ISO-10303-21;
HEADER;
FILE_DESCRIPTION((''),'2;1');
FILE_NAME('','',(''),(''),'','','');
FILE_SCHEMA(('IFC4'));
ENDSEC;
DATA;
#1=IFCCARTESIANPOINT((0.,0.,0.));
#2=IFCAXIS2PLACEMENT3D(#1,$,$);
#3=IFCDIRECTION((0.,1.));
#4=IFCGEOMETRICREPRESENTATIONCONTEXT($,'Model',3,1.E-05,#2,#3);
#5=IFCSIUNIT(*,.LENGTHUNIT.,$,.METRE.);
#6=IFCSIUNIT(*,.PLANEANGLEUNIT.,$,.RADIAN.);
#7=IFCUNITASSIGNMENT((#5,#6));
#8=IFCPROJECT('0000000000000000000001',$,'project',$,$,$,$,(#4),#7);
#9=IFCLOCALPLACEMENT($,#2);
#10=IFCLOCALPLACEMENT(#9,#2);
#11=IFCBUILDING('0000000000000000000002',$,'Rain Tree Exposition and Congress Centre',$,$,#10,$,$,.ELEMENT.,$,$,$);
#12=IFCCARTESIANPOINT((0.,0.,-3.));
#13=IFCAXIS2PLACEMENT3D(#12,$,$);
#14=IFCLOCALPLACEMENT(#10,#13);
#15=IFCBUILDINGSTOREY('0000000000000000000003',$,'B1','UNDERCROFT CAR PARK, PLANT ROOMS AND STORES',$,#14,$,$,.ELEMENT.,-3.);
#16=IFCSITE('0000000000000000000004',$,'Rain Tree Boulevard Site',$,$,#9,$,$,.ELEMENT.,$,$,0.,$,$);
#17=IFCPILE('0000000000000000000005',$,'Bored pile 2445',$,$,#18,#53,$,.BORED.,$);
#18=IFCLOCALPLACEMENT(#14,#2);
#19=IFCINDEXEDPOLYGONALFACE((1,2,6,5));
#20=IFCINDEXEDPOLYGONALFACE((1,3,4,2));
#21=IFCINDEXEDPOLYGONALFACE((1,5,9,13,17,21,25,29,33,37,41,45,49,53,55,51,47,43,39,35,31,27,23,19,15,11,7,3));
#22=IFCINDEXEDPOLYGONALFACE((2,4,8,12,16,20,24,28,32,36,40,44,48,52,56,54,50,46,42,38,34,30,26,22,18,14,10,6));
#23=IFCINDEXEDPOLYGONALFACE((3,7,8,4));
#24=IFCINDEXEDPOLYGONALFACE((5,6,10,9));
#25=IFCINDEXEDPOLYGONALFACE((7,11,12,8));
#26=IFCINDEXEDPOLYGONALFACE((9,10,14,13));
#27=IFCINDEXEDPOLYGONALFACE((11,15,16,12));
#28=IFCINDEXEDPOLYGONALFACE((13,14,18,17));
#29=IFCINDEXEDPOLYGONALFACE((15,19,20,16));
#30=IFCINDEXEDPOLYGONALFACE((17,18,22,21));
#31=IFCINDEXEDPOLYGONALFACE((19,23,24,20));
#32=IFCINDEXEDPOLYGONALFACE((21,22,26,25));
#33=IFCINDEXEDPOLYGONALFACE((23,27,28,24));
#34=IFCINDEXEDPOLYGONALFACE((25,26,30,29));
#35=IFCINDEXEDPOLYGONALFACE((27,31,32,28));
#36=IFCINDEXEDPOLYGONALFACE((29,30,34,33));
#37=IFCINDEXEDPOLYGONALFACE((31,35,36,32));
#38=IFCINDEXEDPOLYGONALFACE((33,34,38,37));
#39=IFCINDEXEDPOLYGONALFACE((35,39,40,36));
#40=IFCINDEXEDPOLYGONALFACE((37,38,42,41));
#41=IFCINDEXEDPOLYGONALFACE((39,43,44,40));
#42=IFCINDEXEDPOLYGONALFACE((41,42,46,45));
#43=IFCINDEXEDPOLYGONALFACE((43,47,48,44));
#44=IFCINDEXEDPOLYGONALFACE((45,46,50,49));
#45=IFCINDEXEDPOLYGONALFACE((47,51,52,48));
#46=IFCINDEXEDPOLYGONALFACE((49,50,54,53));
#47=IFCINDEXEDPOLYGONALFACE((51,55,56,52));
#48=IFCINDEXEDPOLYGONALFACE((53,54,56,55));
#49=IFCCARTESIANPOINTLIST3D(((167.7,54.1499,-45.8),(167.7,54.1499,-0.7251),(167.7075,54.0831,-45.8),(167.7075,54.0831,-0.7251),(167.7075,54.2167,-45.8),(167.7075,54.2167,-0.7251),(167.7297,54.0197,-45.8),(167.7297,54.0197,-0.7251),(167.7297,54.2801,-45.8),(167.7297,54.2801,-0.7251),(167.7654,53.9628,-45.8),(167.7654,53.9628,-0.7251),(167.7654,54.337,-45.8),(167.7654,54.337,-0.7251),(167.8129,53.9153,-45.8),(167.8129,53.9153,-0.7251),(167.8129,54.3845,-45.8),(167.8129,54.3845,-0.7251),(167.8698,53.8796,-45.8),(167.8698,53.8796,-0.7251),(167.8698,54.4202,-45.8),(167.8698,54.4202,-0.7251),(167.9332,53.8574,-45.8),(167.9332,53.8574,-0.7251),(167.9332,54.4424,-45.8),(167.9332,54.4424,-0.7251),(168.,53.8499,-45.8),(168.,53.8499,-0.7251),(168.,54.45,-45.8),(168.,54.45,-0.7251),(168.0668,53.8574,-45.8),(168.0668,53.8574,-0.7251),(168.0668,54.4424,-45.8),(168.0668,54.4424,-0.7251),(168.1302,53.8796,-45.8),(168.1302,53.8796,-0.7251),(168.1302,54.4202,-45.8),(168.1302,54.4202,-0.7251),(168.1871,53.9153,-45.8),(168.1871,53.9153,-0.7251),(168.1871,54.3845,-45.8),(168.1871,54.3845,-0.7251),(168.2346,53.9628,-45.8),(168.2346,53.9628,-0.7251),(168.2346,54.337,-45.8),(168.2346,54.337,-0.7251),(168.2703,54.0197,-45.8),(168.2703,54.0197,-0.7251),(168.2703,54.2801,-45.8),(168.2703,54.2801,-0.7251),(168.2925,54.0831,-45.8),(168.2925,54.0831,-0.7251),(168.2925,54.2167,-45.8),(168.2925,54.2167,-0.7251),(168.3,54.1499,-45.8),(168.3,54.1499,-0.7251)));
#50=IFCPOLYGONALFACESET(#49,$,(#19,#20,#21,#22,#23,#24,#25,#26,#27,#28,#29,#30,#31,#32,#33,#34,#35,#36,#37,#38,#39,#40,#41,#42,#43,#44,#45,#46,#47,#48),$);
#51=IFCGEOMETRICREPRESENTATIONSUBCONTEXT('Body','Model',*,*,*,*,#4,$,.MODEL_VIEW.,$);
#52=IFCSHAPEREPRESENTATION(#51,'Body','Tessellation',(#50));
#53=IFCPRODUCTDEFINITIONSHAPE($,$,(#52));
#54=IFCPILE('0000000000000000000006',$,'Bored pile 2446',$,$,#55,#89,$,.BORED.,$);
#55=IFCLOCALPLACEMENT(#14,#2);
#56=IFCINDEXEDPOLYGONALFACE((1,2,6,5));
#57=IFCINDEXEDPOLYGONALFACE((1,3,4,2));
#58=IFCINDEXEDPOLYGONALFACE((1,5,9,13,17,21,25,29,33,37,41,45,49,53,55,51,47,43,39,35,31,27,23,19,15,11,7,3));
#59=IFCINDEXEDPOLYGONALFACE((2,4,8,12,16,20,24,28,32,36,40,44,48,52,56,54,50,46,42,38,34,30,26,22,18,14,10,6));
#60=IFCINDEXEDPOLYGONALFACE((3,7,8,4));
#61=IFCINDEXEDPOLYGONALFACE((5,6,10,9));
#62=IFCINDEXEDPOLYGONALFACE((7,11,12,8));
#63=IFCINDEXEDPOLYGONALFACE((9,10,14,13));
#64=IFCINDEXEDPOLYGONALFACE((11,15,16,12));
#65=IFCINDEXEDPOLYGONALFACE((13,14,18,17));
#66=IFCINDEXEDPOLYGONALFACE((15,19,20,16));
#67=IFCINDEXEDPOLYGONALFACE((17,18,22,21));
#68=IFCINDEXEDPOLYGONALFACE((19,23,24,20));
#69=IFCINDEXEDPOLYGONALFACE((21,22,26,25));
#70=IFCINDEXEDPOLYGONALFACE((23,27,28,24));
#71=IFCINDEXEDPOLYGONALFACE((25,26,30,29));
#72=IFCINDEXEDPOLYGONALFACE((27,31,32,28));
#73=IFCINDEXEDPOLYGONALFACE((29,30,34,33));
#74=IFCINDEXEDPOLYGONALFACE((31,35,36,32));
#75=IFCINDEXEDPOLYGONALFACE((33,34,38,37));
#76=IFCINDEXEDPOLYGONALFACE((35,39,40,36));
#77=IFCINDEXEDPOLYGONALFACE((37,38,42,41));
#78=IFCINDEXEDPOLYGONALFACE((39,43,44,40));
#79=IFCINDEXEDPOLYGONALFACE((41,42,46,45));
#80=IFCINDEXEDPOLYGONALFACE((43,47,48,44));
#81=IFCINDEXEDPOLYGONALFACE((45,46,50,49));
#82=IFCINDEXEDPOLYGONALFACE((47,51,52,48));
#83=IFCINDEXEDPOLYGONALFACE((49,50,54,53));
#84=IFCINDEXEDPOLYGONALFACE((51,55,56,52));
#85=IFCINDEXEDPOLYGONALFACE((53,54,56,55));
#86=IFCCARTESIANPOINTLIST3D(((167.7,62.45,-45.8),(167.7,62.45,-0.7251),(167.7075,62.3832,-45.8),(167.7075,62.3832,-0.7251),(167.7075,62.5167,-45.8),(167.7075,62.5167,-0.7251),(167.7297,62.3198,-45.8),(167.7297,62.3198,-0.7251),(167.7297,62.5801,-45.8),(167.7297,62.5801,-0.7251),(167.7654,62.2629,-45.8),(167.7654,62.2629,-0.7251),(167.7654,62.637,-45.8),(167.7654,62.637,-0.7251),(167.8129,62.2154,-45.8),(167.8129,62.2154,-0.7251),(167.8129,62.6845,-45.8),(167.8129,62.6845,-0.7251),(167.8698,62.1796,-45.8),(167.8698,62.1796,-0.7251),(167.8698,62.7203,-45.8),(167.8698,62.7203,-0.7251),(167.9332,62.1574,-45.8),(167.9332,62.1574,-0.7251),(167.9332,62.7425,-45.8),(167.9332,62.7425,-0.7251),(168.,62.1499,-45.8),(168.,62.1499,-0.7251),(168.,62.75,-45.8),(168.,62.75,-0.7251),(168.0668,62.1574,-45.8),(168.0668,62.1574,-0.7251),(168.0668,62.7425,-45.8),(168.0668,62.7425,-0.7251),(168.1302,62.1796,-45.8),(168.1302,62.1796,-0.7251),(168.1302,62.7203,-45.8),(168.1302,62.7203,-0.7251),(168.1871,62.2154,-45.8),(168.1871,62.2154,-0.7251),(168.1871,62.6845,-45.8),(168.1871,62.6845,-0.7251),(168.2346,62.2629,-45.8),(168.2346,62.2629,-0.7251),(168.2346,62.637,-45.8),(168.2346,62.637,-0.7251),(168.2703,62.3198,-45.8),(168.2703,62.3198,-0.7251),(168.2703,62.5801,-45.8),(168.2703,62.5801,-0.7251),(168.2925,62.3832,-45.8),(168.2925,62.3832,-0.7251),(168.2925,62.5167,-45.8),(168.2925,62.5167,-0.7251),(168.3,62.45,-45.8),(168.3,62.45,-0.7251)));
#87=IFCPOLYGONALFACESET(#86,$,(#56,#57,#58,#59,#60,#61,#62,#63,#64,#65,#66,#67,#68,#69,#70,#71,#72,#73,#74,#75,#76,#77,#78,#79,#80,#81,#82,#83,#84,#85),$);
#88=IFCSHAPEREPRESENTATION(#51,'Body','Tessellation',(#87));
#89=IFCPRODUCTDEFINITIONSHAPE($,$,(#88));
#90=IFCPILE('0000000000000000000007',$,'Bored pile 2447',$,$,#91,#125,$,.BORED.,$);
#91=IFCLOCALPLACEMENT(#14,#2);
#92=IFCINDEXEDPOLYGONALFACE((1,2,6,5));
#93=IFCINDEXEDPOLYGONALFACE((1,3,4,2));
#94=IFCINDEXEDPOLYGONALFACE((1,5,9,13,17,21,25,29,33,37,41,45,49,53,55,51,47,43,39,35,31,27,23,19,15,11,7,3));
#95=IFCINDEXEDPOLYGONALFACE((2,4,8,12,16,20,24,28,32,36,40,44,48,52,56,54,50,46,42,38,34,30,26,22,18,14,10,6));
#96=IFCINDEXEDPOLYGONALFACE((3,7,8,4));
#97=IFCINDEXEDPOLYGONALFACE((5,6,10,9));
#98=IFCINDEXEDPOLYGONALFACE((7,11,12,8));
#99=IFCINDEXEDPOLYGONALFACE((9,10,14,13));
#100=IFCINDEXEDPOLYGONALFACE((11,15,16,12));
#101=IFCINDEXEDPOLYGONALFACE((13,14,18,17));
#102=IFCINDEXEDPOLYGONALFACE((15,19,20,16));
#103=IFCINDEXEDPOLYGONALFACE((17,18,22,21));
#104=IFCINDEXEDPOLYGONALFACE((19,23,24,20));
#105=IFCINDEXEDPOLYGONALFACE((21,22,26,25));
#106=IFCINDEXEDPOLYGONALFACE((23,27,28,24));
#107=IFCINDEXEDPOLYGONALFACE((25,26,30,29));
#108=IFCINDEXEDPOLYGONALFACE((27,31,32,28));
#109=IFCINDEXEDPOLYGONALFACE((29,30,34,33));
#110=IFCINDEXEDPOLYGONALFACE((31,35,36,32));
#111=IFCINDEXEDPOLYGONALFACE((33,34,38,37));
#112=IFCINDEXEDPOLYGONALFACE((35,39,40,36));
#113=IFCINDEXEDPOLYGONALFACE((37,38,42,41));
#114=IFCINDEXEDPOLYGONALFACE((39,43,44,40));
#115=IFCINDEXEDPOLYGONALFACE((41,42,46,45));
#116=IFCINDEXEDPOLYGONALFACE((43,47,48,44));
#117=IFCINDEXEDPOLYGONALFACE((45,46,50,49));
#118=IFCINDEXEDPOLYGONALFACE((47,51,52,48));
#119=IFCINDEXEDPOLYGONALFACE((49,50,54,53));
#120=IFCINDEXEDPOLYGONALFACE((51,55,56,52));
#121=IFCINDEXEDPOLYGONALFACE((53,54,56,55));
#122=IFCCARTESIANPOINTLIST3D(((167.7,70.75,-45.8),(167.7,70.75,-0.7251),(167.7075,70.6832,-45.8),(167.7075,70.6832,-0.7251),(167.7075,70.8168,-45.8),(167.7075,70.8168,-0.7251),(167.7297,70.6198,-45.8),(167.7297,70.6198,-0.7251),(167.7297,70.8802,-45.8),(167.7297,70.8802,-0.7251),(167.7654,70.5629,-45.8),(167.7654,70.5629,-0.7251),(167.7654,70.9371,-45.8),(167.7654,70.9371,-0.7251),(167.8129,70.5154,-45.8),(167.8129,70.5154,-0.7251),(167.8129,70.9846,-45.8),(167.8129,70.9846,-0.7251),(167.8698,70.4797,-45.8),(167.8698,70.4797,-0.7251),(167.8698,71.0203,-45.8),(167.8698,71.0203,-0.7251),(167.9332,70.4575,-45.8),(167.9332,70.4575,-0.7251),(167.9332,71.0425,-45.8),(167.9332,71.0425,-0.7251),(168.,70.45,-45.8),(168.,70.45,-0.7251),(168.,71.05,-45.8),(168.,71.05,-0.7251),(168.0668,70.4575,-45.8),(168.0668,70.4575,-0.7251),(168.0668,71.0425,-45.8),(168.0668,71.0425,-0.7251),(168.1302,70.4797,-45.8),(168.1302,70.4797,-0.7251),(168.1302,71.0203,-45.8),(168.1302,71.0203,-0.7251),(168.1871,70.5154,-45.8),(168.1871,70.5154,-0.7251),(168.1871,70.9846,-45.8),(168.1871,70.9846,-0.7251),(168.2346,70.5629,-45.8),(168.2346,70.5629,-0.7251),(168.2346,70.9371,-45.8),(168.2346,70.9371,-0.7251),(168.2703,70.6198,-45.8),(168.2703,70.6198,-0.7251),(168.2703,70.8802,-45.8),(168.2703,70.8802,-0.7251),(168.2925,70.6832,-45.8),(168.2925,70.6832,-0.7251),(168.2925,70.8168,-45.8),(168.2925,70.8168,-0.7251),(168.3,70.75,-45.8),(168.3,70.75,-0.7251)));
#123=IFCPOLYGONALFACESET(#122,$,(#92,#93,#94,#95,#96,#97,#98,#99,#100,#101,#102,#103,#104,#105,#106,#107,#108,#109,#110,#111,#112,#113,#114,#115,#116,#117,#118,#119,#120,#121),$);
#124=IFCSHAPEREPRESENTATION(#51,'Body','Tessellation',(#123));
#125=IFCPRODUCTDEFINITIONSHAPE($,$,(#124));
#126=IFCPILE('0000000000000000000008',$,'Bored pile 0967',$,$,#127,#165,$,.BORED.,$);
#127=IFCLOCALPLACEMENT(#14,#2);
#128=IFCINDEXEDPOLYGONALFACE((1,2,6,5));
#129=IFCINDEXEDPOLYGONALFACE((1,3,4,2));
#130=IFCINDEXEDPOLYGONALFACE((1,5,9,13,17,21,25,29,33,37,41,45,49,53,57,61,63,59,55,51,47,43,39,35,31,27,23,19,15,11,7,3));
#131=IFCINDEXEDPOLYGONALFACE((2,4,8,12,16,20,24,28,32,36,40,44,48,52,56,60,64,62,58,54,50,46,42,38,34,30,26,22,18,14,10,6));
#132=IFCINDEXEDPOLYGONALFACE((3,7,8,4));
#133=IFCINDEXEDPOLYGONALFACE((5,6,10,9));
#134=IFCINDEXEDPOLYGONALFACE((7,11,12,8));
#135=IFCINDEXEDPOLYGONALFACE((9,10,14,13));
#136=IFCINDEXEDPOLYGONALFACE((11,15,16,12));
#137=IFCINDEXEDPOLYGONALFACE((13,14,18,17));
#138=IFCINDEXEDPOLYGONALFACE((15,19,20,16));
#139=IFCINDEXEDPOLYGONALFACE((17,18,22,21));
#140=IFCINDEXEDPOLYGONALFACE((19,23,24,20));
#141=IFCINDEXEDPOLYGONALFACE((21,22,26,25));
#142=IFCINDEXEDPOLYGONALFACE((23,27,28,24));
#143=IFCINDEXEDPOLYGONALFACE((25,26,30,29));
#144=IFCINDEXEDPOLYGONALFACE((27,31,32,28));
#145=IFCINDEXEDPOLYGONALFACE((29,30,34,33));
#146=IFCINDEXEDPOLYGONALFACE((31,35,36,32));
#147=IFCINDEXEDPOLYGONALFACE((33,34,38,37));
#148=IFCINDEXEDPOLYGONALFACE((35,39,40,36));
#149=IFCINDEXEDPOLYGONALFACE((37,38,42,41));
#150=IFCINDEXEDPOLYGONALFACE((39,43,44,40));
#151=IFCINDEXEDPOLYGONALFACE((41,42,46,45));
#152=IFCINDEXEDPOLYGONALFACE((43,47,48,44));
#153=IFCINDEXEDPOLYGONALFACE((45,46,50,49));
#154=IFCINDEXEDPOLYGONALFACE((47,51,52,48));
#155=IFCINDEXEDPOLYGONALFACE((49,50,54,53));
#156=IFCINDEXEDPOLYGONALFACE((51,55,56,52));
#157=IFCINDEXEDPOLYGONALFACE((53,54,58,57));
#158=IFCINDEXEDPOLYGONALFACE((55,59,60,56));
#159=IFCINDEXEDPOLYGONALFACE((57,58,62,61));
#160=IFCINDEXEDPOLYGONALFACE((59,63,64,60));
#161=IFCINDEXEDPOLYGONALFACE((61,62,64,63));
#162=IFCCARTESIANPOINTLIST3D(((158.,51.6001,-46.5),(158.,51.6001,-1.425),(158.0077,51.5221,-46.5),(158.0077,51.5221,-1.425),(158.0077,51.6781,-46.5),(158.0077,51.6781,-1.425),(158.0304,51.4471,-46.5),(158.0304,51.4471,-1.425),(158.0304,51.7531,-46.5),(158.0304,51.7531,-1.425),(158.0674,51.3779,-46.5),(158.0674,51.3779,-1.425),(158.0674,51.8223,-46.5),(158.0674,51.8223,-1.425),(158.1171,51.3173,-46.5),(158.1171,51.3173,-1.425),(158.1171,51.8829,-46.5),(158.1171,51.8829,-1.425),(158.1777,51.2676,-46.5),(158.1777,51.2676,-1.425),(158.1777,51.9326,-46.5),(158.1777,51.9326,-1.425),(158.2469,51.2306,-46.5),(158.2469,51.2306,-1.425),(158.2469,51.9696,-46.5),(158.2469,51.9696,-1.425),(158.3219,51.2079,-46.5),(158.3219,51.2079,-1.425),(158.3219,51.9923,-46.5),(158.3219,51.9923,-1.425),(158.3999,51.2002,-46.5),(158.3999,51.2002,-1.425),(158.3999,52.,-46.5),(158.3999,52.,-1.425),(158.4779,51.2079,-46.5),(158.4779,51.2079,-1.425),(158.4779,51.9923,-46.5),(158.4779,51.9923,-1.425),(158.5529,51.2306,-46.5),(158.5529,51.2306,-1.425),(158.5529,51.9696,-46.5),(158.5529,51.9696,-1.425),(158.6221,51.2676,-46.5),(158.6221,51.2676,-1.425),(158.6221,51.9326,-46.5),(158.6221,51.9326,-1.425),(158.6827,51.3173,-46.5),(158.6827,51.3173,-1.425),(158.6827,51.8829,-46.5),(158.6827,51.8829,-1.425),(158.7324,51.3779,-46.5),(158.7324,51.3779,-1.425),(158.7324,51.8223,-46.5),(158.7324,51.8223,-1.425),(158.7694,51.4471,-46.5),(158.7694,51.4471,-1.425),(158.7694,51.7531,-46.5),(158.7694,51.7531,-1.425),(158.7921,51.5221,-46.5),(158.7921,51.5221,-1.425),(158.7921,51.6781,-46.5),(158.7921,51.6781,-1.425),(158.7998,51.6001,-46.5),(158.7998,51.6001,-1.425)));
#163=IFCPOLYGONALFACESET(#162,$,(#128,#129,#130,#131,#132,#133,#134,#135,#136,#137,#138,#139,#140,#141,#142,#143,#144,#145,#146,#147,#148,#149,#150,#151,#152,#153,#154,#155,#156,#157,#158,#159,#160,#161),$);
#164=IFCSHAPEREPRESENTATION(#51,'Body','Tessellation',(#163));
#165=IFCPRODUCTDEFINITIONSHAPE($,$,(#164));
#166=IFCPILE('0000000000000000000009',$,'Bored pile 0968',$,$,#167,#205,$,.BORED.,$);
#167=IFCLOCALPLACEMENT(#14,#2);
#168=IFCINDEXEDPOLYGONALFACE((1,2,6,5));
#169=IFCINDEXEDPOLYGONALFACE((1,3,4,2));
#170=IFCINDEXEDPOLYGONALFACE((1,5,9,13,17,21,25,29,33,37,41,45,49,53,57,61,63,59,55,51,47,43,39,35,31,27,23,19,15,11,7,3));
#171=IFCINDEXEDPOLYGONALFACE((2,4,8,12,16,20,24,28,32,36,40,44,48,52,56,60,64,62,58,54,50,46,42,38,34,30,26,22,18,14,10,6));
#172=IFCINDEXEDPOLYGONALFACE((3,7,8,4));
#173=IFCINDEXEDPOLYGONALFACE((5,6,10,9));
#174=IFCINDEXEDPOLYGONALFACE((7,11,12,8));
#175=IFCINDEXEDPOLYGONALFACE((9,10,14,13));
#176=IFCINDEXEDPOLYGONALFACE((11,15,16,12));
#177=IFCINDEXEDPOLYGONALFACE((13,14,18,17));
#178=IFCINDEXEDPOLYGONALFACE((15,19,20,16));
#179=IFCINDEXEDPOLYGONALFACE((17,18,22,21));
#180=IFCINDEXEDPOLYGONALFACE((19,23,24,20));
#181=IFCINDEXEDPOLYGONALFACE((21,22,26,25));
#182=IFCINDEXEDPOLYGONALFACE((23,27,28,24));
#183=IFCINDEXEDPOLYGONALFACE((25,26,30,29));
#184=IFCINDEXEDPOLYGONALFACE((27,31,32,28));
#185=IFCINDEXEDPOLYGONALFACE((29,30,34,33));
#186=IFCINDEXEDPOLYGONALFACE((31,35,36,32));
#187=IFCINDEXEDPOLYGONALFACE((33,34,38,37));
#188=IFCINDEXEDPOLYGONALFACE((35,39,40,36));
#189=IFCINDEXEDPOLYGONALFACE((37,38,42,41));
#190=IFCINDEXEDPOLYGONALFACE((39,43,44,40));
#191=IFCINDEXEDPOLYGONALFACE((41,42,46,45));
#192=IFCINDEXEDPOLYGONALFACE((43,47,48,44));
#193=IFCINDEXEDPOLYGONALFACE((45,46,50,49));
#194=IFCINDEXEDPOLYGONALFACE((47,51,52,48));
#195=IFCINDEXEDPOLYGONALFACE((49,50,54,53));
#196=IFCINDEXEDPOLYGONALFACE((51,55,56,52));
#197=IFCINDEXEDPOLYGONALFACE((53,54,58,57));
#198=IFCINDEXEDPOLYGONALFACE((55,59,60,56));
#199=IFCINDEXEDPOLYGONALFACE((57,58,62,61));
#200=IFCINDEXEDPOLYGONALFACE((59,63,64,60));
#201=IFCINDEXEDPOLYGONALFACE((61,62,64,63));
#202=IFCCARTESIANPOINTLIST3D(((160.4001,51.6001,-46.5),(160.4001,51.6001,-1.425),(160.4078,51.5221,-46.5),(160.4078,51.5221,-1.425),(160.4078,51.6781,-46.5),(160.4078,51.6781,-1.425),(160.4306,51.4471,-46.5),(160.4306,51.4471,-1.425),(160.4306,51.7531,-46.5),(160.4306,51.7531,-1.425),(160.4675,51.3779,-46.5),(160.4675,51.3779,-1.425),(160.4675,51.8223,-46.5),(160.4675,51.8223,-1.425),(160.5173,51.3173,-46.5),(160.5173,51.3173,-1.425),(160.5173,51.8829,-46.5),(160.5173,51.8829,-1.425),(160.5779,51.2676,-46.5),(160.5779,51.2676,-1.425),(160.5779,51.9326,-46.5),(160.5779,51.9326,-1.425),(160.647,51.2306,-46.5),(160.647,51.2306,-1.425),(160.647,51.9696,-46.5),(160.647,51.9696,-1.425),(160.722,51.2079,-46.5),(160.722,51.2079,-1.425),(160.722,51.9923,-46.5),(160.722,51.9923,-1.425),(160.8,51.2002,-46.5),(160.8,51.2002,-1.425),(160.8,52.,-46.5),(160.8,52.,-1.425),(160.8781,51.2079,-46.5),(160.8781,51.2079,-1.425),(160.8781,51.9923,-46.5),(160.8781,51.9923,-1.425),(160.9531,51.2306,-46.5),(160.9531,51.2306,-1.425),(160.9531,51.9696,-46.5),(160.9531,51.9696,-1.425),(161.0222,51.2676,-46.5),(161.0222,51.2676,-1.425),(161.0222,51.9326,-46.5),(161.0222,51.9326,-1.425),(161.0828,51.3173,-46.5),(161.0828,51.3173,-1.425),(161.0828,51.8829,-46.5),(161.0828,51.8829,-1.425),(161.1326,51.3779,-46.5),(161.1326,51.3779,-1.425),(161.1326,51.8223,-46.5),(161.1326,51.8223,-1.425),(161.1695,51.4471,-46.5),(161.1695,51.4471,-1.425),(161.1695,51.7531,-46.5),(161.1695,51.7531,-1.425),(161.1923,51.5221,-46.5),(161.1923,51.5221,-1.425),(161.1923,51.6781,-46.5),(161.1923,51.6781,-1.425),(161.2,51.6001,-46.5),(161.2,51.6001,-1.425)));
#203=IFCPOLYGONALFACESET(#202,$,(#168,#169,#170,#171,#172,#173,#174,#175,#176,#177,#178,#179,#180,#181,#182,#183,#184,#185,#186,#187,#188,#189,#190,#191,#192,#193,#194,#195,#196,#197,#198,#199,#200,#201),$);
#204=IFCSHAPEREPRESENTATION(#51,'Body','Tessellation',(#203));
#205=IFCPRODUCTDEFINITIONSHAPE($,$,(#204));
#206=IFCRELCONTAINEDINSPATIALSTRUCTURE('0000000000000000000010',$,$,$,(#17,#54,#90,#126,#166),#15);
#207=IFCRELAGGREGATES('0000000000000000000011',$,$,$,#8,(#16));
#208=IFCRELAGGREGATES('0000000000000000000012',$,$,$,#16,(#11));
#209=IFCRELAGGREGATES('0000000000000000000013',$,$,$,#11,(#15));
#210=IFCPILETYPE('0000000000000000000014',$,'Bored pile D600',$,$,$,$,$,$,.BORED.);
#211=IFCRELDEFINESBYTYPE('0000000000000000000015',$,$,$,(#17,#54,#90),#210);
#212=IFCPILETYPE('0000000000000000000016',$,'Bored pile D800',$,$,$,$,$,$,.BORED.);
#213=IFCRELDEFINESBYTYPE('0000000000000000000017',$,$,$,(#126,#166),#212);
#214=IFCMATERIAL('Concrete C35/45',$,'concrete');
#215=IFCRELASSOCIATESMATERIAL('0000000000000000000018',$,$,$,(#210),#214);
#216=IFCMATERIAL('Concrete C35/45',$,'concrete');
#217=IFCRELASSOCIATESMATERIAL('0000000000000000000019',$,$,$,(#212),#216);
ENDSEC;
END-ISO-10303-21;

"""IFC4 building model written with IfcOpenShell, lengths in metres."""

from ifc_helpers import new_model, si_unit, direction, frame, origin, origin_2d, place, context, subcontext, project, spatial, circle, extrude, material, material_profile, profile_set, type_object, element, save


model = new_model("IFC4")

# Units and contexts
model_context = context("Model", 3, precision=1e-05, world=origin(), true_north=direction((0.0, 1.0)))
body_context = subcontext(model_context, "Body", "Model", "MODEL_VIEW")
ifc_project = project(units=[si_unit("LENGTHUNIT", "METRE"), si_unit("PLANEANGLEUNIT", "RADIAN")], contexts=[model_context])

# Site, building, storey
site_placement = place(None, origin())
site = spatial("IfcSite", under=ifc_project, at=site_placement, Name="Rain Tree Boulevard Site", CompositionType="ELEMENT", RefElevation=0.0)
building_placement = place(site_placement, origin())
building = spatial("IfcBuilding", under=site, at=building_placement, Name="Rain Tree Exposition and Congress Centre", CompositionType="ELEMENT")
storey_placement = place(building_placement, frame((0.0, 0.0, -3.0)))
storey = spatial("IfcBuildingStorey", under=building, at=storey_placement, Name="B1", Description="UNDERCROFT CAR PARK, PLANT ROOMS AND STORES", CompositionType="ELEMENT", Elevation=-3.0)

# Piles
ifc_material_1 = material(Name="Concrete C35/45", Category="concrete")
ifc_material_profile_1 = material_profile(ifc_material_1, circle(Radius=0.3, at=origin_2d()), Name="D600")
ifc_profile_set_1 = profile_set([ifc_material_profile_1], Name="Concrete C35/45")
pile_type_1 = type_object("IfcPileType", Name="Bored pile D600", PredefinedType="BORED", material=ifc_profile_set_1)
for number, where, z_axis, x_axis, name in (
    (1, (168.0, 54.1499, -0.7251), (0.0, 0.0, -1.0), (1.0, 0.0, 0.0), "Bored pile 2445"),
    (2, (168.0, 62.45, -0.7251), (0.0, 0.0, -1.0), (1.0, 0.0, 0.0), "Bored pile 2446"),
    (3, (168.0, 70.75, -0.7251), (0.0, 0.0, -1.0), (1.0, 0.0, 0.0), "Bored pile 2447"),
):
    element("IfcPile", number, at=place(storey_placement, frame(where, z_axis=z_axis, x_axis=x_axis)), inside=storey, type_object=pile_type_1, Name=name, PredefinedType="BORED", context=body_context, shape_type="SweptSolid", body=[
        extrude(circle(Radius=0.3, at=origin_2d()), origin(), (0.0, 0.0, 1.0), 45.075),
    ])
ifc_material_2 = material(Name="Concrete C35/45", Category="concrete")
ifc_material_profile_2 = material_profile(ifc_material_2, circle(Radius=0.3999, at=origin_2d()), Name="D800")
ifc_profile_set_2 = profile_set([ifc_material_profile_2], Name="Concrete C35/45")
pile_type_2 = type_object("IfcPileType", Name="Bored pile D800", PredefinedType="BORED", material=ifc_profile_set_2)
for number, where, z_axis, x_axis, name in (
    (4, (158.3999, 51.6001, -1.425), (0.0, 0.0, -1.0), (1.0, 0.0, 0.0), "Bored pile 0967"),
    (5, (160.8, 51.6001, -1.425), (0.0, 0.0, -1.0), (1.0, 0.0, 0.0), "Bored pile 0968"),
):
    element("IfcPile", number, at=place(storey_placement, frame(where, z_axis=z_axis, x_axis=x_axis)), inside=storey, type_object=pile_type_2, Name=name, PredefinedType="BORED", context=body_context, shape_type="SweptSolid", body=[
        extrude(circle(Radius=0.3999, at=origin_2d()), origin(), (0.0, 0.0, 1.0), 45.075),
    ])

save(model, "model.ifc")
